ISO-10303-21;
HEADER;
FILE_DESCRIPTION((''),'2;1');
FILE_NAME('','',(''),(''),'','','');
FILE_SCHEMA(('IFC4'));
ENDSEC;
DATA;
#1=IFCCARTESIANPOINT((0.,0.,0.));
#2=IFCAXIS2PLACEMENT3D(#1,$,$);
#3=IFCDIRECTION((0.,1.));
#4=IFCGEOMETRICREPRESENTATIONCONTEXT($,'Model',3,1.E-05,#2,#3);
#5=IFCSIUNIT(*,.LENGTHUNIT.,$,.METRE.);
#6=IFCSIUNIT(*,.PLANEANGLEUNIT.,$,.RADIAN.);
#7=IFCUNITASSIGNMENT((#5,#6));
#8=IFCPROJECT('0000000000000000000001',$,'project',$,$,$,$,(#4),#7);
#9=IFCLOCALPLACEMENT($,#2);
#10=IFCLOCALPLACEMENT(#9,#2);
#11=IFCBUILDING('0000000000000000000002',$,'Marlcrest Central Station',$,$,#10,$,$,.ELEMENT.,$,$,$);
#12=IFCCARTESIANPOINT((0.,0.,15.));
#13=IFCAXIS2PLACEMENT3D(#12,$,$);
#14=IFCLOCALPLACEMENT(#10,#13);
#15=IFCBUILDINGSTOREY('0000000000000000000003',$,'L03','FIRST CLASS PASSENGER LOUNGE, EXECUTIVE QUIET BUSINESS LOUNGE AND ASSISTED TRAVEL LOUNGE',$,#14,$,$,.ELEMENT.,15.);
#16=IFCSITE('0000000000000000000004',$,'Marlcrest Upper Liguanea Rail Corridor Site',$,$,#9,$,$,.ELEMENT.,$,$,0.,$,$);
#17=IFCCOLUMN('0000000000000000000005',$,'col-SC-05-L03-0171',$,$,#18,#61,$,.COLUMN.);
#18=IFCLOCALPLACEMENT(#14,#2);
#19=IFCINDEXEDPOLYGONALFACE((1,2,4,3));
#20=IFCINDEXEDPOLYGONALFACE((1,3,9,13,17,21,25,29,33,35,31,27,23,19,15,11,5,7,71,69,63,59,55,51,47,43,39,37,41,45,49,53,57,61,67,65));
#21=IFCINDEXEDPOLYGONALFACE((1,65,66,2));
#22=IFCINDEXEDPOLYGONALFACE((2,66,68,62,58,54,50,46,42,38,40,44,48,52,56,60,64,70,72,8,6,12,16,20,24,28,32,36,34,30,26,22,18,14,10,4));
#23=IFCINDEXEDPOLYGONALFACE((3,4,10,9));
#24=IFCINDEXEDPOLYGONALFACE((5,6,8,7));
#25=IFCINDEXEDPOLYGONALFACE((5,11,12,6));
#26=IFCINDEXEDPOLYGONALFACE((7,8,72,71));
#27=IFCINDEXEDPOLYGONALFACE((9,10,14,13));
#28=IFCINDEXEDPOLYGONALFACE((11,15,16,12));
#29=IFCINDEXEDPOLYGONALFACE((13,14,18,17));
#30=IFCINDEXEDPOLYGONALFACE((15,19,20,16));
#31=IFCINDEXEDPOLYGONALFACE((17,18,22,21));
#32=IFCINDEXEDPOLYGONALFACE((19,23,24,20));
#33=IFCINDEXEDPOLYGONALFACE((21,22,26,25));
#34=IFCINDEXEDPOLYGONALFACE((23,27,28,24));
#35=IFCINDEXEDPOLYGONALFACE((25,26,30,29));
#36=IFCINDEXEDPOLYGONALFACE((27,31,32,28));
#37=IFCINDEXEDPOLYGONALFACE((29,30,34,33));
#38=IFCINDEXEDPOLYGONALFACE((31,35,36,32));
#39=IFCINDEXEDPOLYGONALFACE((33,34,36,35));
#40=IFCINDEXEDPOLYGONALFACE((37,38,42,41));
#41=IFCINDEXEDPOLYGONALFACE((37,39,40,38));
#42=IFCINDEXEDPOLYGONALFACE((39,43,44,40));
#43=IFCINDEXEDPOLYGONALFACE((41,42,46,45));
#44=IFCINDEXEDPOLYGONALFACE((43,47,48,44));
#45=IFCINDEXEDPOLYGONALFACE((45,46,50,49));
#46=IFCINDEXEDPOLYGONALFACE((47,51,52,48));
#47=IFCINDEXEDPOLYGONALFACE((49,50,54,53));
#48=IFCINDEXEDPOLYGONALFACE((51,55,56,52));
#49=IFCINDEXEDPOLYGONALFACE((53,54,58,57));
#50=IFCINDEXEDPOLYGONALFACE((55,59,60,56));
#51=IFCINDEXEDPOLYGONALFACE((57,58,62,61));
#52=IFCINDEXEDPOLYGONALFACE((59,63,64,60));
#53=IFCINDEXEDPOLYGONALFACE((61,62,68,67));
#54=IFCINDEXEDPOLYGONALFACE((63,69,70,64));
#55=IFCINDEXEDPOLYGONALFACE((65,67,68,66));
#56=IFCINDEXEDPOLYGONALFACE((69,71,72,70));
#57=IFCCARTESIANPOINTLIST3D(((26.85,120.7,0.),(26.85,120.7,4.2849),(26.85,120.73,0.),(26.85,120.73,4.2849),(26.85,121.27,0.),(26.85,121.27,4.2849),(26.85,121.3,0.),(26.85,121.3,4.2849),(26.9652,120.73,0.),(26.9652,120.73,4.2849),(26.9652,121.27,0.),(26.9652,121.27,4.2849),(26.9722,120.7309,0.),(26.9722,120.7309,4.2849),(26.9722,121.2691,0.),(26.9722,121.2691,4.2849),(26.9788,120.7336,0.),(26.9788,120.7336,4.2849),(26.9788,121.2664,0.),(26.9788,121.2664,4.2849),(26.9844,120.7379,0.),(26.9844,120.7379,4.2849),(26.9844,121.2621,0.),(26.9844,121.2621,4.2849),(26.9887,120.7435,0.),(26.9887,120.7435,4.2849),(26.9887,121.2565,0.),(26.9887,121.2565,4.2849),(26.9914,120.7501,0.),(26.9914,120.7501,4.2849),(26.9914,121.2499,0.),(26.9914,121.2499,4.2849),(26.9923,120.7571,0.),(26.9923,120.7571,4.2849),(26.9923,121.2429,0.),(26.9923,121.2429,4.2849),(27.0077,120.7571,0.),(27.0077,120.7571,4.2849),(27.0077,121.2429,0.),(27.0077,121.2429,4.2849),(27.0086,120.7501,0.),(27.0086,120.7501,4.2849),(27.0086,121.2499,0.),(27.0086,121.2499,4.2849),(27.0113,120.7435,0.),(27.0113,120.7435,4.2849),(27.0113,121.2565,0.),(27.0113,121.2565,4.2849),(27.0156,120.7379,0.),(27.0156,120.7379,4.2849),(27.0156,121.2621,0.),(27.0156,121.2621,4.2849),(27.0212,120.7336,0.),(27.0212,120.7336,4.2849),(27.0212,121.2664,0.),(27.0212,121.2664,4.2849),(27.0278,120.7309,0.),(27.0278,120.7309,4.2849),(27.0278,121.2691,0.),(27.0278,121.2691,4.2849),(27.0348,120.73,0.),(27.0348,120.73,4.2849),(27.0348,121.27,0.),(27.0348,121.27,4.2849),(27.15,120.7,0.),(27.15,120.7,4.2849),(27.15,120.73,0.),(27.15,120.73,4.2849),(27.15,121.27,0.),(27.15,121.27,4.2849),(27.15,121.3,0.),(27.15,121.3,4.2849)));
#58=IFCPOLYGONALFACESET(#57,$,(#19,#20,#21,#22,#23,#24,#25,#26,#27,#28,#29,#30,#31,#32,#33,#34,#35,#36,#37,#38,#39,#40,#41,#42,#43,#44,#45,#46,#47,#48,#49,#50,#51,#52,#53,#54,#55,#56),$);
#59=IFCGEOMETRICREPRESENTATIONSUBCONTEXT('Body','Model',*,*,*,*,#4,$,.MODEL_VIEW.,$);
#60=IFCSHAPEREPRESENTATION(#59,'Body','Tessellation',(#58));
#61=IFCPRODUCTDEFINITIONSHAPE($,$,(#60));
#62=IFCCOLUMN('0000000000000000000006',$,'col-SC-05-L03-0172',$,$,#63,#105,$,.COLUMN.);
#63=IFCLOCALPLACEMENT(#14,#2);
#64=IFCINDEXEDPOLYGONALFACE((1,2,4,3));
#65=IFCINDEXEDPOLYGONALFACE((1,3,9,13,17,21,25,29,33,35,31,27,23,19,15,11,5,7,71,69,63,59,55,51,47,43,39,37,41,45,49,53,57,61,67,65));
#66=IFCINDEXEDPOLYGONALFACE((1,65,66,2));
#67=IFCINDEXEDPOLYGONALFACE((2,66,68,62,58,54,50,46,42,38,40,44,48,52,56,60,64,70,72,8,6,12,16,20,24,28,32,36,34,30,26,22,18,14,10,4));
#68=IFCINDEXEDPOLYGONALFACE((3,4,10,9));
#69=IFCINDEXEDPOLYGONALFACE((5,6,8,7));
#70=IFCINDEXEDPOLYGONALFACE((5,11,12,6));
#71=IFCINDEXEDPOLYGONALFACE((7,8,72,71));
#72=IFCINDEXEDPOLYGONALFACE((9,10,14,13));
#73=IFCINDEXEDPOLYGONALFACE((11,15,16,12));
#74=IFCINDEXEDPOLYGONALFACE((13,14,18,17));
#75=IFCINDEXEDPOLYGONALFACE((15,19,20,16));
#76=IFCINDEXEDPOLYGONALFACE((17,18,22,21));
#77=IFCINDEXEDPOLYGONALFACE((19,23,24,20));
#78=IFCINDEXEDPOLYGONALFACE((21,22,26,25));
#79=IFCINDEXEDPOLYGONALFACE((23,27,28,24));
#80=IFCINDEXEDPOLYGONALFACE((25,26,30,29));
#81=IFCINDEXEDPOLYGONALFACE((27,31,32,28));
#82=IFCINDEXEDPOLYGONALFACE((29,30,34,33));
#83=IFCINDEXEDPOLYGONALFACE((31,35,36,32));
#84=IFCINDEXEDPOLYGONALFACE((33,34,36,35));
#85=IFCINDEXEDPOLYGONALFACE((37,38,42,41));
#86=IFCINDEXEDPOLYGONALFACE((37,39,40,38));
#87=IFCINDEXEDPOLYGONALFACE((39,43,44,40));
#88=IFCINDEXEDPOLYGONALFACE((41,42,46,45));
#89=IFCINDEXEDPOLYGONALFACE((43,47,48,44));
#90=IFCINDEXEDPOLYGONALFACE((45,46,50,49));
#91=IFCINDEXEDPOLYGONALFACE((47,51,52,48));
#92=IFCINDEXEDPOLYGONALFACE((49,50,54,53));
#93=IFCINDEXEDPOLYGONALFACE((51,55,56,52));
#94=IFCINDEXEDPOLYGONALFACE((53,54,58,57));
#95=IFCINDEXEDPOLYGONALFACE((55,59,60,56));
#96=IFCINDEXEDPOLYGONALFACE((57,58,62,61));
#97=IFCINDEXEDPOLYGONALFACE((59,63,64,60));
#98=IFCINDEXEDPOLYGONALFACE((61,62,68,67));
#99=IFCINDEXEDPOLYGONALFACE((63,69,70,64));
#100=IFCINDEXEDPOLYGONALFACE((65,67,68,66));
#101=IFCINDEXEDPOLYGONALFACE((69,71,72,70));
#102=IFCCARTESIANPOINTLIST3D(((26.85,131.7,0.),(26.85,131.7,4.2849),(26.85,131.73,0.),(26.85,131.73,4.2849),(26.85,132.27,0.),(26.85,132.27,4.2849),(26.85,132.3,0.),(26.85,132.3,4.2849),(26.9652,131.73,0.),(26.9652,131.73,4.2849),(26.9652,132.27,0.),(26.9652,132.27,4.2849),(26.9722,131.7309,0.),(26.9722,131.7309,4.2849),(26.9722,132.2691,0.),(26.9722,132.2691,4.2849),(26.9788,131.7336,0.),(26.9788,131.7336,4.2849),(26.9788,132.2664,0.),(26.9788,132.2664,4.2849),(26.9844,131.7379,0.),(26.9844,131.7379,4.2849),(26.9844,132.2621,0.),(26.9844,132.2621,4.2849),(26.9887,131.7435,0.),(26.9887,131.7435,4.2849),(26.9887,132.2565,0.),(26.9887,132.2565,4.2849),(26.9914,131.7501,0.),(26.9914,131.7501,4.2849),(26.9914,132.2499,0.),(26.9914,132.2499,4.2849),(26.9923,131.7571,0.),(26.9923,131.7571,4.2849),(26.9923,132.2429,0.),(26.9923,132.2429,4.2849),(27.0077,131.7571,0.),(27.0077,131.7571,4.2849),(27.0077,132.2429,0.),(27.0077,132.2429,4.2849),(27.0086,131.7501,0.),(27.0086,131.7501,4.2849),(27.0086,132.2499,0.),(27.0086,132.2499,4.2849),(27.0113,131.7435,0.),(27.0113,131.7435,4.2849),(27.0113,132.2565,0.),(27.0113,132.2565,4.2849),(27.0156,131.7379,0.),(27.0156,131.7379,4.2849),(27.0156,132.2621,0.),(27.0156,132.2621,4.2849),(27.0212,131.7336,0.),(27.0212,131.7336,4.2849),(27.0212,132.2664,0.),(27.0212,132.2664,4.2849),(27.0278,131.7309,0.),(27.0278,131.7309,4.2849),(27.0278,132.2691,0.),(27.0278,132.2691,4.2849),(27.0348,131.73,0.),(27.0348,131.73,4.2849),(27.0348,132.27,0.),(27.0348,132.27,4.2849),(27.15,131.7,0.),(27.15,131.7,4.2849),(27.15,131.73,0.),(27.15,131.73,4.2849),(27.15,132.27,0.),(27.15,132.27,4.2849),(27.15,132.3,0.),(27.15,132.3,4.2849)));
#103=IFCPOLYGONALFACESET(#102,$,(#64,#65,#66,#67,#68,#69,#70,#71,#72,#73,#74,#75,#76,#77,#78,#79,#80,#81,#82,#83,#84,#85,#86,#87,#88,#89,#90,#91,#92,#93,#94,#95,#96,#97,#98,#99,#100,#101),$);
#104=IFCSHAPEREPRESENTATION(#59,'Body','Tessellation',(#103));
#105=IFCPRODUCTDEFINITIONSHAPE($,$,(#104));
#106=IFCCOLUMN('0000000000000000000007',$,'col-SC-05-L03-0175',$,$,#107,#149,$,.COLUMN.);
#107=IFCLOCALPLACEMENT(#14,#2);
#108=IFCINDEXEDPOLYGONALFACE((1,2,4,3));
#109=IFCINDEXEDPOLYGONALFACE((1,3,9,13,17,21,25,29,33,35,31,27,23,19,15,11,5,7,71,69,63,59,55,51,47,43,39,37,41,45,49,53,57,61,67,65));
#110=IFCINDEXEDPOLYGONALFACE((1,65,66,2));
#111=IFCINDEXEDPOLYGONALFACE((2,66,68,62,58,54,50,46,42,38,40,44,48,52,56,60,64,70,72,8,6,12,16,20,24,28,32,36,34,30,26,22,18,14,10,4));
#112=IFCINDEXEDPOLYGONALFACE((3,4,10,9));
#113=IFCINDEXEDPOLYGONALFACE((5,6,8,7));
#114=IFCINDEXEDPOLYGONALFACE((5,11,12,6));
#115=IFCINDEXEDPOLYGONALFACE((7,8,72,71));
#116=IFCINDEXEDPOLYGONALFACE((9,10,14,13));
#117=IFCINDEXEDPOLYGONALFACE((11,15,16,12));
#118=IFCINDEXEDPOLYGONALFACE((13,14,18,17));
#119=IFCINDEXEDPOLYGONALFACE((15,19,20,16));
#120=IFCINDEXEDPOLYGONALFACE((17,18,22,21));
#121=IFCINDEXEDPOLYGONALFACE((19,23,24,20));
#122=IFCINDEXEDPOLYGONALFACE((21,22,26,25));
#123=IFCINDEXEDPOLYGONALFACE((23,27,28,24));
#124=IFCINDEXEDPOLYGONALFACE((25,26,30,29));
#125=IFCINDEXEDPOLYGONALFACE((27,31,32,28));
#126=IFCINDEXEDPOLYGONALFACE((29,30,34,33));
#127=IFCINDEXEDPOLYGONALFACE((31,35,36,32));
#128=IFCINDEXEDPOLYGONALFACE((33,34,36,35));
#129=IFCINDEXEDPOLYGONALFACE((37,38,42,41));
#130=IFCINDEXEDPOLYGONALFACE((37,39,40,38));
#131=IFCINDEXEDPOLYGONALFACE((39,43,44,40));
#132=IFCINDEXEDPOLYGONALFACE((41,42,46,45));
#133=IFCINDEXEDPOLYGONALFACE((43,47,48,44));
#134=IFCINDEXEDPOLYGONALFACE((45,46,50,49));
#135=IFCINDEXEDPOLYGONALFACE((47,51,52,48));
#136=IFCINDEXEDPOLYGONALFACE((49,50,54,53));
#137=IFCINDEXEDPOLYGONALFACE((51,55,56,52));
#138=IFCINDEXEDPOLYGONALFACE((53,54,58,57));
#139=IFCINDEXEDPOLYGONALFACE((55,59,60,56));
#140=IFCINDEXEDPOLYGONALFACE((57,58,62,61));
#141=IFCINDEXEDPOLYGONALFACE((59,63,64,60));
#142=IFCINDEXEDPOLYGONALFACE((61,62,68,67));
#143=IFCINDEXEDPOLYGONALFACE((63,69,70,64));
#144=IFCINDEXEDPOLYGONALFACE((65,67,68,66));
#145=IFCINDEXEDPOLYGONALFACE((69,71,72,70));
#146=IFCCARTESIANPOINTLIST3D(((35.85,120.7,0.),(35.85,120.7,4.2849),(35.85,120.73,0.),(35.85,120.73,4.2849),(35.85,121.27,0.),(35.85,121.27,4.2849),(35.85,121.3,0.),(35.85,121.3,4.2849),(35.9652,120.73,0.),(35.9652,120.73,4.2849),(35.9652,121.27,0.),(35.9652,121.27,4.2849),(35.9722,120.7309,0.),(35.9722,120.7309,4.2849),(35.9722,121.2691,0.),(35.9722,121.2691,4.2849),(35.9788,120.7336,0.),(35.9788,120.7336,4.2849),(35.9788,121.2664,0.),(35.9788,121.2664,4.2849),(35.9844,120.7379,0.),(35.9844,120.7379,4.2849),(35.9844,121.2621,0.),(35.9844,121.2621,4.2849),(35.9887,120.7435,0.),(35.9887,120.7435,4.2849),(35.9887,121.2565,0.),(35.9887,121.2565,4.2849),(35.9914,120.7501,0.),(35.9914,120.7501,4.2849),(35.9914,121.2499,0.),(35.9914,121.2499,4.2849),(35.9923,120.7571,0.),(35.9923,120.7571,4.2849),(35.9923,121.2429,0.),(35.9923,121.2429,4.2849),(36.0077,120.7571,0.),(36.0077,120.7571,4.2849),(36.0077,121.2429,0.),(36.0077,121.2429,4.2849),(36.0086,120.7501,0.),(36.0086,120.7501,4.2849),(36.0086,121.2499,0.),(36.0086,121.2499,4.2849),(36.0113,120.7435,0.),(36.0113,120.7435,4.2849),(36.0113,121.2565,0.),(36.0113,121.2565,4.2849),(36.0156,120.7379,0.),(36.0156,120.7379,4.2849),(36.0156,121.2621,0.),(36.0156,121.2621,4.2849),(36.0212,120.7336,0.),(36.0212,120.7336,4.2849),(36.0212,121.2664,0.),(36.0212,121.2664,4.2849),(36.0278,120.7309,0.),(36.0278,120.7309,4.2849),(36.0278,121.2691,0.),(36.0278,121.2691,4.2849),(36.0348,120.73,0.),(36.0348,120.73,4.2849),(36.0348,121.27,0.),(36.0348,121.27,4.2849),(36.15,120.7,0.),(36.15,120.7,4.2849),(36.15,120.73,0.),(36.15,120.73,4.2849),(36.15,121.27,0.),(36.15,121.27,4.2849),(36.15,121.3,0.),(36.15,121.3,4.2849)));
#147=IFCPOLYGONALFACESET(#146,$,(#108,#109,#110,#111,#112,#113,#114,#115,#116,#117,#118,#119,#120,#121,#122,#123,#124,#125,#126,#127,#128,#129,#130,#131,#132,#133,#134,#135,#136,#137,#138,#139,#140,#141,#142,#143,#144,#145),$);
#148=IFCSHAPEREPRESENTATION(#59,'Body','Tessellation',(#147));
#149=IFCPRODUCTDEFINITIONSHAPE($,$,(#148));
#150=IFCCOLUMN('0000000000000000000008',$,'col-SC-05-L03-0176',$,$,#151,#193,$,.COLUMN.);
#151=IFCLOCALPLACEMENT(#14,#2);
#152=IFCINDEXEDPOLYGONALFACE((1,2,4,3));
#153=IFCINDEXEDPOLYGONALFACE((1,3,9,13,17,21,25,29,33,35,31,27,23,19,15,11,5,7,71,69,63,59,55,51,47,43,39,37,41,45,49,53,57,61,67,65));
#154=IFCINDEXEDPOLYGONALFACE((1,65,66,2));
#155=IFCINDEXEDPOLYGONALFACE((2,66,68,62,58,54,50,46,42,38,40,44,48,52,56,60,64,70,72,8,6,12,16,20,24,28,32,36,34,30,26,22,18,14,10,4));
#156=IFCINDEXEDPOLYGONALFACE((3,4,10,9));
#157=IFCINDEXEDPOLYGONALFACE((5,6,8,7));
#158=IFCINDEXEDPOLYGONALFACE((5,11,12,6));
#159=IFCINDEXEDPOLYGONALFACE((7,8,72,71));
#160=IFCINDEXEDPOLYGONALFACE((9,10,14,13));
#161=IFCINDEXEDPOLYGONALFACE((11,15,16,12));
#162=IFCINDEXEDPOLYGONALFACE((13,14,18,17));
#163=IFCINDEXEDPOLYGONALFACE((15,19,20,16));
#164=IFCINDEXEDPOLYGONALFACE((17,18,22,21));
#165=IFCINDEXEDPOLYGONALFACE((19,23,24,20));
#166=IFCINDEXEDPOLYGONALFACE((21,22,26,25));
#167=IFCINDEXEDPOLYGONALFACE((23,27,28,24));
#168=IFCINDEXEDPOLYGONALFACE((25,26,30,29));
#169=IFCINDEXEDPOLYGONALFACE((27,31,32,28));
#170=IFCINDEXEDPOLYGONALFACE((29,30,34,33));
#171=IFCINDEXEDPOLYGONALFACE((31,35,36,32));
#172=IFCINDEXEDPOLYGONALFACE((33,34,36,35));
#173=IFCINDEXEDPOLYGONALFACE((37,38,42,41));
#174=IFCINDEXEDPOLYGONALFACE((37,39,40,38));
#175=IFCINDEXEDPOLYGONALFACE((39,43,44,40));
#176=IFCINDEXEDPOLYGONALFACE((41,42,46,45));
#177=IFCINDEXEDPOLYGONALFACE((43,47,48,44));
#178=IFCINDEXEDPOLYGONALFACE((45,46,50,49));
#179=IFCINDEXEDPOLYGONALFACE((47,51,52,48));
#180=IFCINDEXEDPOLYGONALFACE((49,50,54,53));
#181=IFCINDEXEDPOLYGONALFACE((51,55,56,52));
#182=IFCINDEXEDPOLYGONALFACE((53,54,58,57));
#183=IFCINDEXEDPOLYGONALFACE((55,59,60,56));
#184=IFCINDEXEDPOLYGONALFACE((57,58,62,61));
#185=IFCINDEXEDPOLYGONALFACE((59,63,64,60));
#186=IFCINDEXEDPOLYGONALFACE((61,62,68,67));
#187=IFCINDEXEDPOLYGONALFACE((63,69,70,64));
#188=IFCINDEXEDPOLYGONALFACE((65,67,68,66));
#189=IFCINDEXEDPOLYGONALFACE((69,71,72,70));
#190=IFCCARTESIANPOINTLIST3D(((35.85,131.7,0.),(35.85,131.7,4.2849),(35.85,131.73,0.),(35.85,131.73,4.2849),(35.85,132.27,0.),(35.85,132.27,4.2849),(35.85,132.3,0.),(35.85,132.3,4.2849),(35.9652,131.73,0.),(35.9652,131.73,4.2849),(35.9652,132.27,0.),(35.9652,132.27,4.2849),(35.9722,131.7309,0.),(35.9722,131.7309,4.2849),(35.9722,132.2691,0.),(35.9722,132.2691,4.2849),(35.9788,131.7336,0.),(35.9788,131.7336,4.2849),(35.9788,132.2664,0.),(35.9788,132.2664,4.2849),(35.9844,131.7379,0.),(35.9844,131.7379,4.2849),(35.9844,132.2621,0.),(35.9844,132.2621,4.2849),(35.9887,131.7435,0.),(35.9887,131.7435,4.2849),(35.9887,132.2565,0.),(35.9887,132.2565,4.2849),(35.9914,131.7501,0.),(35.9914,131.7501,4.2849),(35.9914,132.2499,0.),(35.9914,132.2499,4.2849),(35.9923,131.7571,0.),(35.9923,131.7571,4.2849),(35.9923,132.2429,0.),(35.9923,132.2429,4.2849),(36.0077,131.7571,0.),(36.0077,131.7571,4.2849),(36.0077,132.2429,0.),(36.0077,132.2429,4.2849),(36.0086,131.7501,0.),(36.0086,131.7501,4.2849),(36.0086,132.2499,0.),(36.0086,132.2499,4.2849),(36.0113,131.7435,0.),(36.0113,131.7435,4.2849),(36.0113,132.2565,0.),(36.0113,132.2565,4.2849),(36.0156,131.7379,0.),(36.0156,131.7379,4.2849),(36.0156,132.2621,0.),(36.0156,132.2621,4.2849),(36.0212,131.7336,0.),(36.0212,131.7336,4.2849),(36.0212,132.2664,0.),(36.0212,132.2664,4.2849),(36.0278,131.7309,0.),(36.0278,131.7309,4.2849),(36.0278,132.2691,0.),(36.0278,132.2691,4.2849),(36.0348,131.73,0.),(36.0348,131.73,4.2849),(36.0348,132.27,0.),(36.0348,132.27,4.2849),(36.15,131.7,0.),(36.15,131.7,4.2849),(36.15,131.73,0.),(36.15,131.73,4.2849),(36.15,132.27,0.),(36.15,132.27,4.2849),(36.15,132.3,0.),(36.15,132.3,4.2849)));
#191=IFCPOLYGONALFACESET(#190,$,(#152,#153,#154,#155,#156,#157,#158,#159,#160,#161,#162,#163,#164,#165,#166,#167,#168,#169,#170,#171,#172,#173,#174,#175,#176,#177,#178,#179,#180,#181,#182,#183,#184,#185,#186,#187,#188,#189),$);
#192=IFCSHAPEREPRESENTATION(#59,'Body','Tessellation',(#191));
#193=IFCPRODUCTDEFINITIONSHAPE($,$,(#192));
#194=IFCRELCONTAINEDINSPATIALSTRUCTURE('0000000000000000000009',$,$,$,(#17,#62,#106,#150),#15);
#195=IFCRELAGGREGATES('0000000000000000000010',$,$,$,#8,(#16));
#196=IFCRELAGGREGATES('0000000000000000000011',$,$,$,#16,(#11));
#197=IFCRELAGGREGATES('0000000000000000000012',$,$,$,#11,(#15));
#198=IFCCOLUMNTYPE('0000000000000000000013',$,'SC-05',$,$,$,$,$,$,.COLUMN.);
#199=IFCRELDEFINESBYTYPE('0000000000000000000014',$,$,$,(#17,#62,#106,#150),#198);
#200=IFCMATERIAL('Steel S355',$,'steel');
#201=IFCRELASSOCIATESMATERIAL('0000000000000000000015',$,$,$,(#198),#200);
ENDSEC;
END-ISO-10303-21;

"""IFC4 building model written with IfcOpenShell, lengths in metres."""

from ifc_helpers import new_model, si_unit, direction, frame, origin, origin_2d, place, context, subcontext, project, spatial, i_section, extrude, material, material_profile, profile_set, type_object, element, save


model = new_model("IFC4")

# Units and contexts
model_context = context("Model", 3, precision=1e-05, world=origin(), true_north=direction((0.0, 1.0)))
body_context = subcontext(model_context, "Body", "Model", "MODEL_VIEW")
ifc_project = project(units=[si_unit("LENGTHUNIT", "METRE"), si_unit("PLANEANGLEUNIT", "RADIAN")], contexts=[model_context])

# Site, building, storey
site_placement = place(None, origin())
site = spatial("IfcSite", under=ifc_project, at=site_placement, Name="Marlcrest Upper Liguanea Rail Corridor Site", CompositionType="ELEMENT", RefElevation=0.0)
building_placement = place(site_placement, origin())
building = spatial("IfcBuilding", under=site, at=building_placement, Name="Marlcrest Central Station", CompositionType="ELEMENT")
storey_placement = place(building_placement, frame((0.0, 0.0, 15.0)))
storey = spatial("IfcBuildingStorey", under=building, at=storey_placement, Name="L03", Description="FIRST CLASS PASSENGER LOUNGE, EXECUTIVE QUIET BUSINESS LOUNGE AND ASSISTED TRAVEL LOUNGE", CompositionType="ELEMENT", Elevation=15.0)

# Columns
ifc_material_1 = material(Name="Steel S355", Category="steel")
ifc_material_profile_1 = material_profile(ifc_material_1, i_section(OverallWidth=0.3, OverallDepth=0.6001, WebThickness=0.0154, FlangeThickness=0.03, FilletRadius=0.0271, at=origin_2d()), Name="HEB 600")
ifc_profile_set_1 = profile_set([ifc_material_profile_1], Name="Steel S355")
column_type = type_object("IfcColumnType", Name="SC-05", PredefinedType="COLUMN", material=ifc_profile_set_1)
for number, where, z_axis, x_axis, name in (
    (1, (27.0, 121.0, 0.0), (0.0, 0.0, 1.0), (1.0, 0.0, 0.0), "col-SC-05-L03-0171"),
    (2, (27.0, 132.0, 0.0), (0.0, 0.0, 1.0), (1.0, 0.0, 0.0), "col-SC-05-L03-0172"),
    (3, (36.0, 121.0, 0.0), (0.0, 0.0, 1.0), (1.0, 0.0, 0.0), "col-SC-05-L03-0175"),
    (4, (36.0, 132.0, 0.0), (0.0, 0.0, 1.0), (1.0, 0.0, 0.0), "col-SC-05-L03-0176"),
):
    element("IfcColumn", number, at=place(storey_placement, frame(where, z_axis=z_axis, x_axis=x_axis)), inside=storey, type_object=column_type, Name=name, PredefinedType="COLUMN", context=body_context, shape_type="SweptSolid", body=[
        extrude(i_section(OverallWidth=0.3, OverallDepth=0.6001, WebThickness=0.0154, FlangeThickness=0.03, FilletRadius=0.0271, at=origin_2d()), origin(), (0.0, 0.0, 1.0), 4.2849),
    ])

save(model, "model.ifc")
